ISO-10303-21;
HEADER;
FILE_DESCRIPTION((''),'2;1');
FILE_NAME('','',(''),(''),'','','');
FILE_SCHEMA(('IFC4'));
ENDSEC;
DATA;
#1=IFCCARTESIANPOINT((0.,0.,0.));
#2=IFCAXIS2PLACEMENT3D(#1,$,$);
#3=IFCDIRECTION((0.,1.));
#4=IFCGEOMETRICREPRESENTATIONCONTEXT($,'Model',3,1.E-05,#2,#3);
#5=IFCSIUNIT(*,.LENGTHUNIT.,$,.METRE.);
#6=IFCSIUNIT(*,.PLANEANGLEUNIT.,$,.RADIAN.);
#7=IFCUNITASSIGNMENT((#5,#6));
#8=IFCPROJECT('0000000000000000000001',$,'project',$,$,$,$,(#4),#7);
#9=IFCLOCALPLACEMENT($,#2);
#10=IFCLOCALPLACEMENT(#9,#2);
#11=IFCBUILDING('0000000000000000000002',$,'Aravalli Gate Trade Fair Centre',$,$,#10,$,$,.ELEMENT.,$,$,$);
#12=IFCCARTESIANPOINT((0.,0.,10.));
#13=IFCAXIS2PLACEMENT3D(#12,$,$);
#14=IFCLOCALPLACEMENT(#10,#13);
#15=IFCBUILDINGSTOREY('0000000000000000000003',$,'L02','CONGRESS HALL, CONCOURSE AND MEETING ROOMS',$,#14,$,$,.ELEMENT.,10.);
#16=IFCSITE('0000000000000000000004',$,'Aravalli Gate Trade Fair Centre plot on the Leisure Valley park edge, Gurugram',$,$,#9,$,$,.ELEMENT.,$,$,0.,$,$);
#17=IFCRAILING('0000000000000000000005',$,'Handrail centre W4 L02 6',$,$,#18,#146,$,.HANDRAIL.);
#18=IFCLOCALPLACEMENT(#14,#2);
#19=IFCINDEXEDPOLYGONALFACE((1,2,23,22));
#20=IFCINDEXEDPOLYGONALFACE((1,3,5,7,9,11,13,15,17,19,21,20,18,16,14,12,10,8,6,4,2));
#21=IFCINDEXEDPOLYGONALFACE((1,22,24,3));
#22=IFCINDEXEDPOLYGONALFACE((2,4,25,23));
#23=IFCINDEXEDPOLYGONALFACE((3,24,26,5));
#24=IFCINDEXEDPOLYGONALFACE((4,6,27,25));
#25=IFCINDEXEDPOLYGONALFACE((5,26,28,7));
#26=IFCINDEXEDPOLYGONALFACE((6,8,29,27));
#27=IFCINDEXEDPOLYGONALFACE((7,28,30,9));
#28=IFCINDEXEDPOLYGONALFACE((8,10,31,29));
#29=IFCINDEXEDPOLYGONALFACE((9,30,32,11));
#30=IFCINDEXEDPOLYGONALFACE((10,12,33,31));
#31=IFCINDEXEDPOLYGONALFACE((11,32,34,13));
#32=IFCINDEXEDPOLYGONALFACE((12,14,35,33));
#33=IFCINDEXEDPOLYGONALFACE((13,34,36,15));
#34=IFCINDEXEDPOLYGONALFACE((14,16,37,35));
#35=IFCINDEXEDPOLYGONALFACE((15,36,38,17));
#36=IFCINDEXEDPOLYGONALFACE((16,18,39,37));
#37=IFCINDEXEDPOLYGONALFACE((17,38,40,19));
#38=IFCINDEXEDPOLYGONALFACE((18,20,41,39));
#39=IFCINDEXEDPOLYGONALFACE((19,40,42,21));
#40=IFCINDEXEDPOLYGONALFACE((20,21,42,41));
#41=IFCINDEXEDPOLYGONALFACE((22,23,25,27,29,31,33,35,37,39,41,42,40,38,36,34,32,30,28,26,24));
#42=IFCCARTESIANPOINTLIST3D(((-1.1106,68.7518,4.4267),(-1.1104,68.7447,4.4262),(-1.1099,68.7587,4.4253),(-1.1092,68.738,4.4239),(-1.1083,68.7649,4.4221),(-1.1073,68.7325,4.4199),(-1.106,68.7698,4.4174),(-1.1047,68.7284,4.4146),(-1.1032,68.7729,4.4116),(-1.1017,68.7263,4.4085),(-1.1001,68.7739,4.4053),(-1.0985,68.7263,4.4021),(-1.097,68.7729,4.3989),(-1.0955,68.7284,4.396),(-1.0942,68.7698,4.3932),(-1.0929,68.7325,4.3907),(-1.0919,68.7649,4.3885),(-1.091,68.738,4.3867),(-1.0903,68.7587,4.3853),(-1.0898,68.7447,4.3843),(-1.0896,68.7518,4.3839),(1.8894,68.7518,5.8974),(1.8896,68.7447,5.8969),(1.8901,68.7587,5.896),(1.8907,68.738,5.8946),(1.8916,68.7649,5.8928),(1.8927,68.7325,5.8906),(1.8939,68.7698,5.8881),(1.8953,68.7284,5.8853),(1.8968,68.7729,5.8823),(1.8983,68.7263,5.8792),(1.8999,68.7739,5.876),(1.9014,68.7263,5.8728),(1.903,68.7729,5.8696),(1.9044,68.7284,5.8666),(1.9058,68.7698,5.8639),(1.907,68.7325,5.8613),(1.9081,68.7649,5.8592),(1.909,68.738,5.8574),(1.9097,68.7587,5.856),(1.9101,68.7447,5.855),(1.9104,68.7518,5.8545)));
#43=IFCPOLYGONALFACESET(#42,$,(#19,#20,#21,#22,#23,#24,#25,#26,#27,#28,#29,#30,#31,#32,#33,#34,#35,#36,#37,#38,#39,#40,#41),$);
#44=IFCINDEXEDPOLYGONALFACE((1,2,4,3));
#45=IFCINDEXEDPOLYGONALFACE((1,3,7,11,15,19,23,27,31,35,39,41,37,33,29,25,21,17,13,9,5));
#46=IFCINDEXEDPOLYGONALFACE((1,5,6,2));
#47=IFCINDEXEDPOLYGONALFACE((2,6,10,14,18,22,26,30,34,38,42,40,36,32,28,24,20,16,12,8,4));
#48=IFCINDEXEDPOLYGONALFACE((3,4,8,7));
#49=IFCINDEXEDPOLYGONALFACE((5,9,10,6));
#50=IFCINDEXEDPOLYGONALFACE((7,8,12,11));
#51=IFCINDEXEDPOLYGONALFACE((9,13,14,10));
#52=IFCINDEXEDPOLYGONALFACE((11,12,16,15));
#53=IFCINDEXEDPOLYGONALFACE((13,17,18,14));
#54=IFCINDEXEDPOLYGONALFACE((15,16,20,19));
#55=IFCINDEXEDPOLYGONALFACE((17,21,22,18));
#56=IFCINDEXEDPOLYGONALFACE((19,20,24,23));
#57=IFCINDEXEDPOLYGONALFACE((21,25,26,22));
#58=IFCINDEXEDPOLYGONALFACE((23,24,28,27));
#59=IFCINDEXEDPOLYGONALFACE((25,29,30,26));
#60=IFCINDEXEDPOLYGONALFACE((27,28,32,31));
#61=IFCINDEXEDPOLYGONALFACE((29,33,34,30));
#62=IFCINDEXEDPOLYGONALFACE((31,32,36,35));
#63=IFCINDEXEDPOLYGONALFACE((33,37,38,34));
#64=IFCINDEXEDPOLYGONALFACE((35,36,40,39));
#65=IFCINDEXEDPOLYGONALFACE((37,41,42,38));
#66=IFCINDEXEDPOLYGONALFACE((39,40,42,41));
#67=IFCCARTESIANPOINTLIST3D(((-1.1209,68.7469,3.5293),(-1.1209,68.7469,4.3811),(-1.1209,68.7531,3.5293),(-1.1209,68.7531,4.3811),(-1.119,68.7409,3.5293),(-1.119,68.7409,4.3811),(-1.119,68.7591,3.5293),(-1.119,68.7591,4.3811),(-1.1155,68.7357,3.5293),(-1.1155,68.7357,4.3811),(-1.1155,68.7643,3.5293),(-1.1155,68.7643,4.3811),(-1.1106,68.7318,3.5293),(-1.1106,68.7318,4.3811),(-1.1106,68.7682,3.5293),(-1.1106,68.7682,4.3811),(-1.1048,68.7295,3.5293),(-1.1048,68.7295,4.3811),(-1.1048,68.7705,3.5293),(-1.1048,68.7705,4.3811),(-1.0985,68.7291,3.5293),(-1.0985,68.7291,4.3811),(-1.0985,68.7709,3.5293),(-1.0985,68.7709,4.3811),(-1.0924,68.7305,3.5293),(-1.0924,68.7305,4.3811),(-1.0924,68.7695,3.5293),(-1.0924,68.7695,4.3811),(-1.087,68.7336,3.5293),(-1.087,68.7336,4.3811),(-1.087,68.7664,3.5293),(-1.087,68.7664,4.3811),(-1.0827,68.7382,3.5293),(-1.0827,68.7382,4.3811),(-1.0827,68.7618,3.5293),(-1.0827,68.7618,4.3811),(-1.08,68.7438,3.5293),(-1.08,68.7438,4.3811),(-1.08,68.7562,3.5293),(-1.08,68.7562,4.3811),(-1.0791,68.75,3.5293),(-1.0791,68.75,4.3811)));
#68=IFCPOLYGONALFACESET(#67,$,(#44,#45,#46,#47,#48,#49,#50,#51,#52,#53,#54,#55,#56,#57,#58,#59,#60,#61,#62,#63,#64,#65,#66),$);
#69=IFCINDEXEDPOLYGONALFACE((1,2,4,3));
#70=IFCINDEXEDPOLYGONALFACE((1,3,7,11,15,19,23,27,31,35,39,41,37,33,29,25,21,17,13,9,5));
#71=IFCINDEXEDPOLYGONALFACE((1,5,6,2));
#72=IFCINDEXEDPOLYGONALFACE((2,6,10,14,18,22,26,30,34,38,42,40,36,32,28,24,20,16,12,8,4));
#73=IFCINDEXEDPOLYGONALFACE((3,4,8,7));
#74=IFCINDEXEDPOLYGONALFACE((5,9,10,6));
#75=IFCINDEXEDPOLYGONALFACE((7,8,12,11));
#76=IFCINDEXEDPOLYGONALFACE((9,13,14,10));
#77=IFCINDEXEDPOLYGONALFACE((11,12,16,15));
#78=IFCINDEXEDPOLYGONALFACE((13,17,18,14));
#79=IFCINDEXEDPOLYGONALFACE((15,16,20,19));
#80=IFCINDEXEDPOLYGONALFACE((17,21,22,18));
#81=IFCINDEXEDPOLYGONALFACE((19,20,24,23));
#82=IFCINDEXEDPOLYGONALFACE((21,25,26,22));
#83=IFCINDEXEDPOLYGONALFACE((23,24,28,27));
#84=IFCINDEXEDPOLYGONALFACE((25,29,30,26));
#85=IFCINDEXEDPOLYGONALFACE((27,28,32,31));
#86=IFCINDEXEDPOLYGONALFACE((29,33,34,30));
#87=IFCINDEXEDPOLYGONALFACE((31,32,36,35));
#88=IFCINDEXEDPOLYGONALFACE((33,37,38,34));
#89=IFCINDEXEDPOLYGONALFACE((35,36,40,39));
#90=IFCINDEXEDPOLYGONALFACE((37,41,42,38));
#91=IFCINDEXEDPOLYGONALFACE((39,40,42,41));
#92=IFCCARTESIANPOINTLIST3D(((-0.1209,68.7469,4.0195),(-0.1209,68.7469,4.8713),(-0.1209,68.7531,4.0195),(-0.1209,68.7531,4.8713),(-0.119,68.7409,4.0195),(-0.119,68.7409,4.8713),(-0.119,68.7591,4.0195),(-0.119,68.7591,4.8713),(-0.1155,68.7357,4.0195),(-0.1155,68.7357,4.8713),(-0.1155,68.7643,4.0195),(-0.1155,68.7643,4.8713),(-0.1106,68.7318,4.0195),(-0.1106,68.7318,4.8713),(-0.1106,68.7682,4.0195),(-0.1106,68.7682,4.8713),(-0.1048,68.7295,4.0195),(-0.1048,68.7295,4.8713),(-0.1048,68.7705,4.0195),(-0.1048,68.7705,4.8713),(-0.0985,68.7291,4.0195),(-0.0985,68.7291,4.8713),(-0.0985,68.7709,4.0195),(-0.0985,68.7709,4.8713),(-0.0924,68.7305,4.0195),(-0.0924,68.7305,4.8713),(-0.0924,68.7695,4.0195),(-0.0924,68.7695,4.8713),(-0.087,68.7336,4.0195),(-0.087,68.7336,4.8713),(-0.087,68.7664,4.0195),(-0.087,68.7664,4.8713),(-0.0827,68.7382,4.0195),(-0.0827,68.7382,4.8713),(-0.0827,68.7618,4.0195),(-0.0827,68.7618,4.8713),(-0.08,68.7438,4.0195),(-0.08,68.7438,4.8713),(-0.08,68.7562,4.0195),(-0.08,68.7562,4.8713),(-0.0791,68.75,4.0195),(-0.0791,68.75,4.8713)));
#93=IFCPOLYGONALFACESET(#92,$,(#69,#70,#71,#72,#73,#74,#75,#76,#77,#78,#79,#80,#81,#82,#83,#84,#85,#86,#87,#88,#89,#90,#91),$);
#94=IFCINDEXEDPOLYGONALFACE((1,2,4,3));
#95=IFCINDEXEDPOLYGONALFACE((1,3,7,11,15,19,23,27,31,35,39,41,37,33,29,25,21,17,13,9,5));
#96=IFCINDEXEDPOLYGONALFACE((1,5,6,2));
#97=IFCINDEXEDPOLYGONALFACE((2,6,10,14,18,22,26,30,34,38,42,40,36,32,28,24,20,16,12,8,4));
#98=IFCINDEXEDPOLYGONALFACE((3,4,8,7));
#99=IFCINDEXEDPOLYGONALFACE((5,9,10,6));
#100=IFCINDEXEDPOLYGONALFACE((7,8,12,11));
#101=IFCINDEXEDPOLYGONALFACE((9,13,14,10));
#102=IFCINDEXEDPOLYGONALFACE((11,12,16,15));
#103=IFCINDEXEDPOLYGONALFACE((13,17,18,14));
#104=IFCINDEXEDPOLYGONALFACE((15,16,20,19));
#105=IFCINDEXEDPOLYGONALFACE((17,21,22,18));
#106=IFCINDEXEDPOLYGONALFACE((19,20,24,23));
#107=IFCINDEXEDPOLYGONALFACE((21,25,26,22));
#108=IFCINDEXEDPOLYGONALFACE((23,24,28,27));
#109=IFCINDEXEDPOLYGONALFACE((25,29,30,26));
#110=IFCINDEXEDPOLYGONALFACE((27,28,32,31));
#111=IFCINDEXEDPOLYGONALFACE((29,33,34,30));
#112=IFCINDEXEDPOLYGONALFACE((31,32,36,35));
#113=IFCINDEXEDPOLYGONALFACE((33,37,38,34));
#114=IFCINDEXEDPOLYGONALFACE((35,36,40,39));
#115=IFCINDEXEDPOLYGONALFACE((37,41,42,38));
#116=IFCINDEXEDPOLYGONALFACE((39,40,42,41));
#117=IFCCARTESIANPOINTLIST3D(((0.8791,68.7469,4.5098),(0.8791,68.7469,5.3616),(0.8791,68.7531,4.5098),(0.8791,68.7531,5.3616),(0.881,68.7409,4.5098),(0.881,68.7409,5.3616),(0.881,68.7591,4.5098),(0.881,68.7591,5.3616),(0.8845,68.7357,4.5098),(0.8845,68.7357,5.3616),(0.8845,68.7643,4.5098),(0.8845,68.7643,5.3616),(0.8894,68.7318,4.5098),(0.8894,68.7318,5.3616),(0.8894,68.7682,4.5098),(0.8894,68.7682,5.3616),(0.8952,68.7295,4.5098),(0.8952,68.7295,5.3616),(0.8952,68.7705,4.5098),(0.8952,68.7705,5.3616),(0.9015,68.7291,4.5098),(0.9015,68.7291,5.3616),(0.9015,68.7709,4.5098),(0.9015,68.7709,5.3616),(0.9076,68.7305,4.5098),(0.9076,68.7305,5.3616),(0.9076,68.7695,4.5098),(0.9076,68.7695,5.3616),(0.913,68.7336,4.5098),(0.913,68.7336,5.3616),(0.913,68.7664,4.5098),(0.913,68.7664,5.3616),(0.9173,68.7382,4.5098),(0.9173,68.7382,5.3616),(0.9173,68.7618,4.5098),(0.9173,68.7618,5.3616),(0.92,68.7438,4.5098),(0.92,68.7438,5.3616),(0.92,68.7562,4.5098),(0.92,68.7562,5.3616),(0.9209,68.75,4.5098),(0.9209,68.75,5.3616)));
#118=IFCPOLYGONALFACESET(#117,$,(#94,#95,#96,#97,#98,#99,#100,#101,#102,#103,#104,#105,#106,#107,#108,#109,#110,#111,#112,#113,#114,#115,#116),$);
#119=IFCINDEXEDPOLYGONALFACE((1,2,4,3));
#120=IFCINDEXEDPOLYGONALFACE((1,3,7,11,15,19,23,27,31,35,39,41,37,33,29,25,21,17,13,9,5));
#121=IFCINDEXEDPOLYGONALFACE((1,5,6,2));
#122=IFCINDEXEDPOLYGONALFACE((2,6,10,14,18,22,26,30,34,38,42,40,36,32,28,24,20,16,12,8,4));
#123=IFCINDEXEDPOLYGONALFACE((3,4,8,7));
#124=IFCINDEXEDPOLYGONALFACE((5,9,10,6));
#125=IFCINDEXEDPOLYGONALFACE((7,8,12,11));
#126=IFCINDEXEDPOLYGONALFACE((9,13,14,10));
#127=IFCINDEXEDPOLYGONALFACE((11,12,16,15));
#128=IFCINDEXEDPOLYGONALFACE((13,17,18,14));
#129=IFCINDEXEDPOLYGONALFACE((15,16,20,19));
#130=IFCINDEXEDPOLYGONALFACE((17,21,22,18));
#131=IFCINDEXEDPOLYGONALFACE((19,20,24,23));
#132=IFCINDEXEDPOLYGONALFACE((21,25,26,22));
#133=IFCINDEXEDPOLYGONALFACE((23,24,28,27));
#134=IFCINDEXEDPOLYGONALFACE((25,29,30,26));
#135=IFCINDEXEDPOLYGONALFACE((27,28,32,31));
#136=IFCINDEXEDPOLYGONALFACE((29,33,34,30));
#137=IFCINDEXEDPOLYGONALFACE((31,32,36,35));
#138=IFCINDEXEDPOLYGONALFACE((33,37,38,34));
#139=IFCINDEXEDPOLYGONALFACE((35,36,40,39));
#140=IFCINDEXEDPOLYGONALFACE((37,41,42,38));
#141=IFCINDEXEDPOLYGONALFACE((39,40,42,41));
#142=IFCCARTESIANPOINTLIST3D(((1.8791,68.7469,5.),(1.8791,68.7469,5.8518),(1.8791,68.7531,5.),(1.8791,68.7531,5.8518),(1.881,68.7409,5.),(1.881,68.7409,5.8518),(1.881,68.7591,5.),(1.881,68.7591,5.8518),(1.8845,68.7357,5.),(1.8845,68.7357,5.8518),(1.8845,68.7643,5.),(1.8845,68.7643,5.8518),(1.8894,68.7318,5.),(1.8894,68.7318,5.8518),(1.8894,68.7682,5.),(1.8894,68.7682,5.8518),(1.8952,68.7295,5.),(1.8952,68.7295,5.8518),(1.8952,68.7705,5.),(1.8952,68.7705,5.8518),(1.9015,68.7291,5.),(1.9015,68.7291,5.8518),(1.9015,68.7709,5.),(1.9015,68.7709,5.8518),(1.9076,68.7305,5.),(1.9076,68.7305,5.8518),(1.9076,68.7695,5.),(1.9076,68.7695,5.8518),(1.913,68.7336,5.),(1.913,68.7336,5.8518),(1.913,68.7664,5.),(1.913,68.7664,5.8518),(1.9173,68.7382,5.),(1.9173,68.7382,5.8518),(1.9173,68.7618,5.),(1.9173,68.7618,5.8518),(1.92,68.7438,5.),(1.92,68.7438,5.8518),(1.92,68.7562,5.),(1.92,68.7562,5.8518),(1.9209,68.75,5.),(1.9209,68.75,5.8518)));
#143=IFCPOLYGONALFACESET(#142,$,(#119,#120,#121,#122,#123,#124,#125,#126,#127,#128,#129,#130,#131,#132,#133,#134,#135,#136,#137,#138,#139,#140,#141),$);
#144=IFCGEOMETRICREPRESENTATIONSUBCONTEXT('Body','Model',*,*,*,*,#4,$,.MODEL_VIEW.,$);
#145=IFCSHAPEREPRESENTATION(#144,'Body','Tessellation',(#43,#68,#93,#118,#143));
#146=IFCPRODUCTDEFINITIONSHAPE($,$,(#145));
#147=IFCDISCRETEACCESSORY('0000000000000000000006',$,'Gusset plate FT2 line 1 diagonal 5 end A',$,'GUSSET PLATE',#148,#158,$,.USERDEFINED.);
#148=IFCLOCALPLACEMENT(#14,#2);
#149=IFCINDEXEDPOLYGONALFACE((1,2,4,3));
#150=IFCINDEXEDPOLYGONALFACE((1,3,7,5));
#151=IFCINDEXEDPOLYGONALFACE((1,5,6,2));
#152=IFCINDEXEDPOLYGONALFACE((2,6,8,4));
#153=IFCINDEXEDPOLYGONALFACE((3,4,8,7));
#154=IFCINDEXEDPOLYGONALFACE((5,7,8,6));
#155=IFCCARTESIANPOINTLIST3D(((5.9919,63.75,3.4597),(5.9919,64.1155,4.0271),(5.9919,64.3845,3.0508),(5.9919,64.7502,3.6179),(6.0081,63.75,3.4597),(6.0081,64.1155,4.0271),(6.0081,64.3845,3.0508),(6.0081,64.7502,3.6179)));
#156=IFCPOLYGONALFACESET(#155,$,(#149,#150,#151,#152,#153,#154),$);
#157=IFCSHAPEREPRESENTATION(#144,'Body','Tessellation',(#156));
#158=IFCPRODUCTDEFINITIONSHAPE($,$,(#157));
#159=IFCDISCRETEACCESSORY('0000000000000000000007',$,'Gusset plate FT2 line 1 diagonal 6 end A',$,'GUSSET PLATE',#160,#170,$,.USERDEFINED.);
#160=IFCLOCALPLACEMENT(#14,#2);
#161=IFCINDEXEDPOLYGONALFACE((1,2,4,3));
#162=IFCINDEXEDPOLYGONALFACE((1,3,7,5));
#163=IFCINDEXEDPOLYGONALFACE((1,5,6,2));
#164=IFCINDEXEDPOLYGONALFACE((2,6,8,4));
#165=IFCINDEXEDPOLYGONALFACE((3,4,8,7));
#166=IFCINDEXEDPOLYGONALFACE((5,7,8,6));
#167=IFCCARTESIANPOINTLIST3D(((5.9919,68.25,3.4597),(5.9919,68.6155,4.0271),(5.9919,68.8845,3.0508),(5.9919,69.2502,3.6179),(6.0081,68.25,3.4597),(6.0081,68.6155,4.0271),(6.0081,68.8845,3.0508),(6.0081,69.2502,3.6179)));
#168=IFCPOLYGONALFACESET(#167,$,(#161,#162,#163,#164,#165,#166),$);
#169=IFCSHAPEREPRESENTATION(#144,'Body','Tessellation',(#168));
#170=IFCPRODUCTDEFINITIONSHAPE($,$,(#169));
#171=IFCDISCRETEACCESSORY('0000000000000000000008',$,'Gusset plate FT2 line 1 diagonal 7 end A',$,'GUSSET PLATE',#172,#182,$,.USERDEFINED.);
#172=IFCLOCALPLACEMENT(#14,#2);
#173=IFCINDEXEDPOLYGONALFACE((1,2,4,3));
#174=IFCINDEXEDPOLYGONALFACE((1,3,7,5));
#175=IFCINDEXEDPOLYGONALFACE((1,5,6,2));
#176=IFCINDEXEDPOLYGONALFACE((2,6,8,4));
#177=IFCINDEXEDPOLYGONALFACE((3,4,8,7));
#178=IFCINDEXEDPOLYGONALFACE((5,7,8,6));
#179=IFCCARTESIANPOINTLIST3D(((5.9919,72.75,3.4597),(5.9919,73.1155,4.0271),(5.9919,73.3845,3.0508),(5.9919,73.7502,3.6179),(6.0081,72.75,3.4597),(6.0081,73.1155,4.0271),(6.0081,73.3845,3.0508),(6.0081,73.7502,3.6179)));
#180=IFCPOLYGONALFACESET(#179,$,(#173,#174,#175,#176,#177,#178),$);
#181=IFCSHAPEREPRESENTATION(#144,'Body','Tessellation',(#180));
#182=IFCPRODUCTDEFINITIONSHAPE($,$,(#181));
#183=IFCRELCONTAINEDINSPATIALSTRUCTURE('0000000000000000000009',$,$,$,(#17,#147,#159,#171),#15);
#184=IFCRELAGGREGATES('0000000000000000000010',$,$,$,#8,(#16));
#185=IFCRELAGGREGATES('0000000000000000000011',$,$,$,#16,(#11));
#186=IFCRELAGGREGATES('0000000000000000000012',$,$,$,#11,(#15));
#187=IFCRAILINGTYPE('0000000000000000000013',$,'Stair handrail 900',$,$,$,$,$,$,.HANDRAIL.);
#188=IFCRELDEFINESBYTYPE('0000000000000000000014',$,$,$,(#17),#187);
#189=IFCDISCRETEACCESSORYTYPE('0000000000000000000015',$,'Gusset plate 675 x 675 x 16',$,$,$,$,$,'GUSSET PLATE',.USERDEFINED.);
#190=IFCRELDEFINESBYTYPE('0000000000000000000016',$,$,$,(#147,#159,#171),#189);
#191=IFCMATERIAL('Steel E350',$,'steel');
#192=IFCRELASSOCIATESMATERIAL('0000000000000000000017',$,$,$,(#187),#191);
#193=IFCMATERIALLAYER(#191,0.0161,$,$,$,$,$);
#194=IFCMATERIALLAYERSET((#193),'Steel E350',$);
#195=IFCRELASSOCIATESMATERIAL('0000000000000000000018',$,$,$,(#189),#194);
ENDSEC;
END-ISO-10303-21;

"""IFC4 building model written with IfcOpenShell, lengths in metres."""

from ifc_helpers import new_model, si_unit, direction, frame, origin, origin_2d, place, context, subcontext, project, spatial, polyline, circle, outline, extrude, material, layer, layer_set, type_object, element, save


model = new_model("IFC4")

# Units and contexts
model_context = context("Model", 3, precision=1e-05, world=origin(), true_north=direction((0.0, 1.0)))
body_context = subcontext(model_context, "Body", "Model", "MODEL_VIEW")
ifc_project = project(units=[si_unit("LENGTHUNIT", "METRE"), si_unit("PLANEANGLEUNIT", "RADIAN")], contexts=[model_context])

# Site, building, storey
site_placement = place(None, origin())
site = spatial("IfcSite", under=ifc_project, at=site_placement, Name="Aravalli Gate Trade Fair Centre plot on the Leisure Valley park edge, Gurugram", CompositionType="ELEMENT", RefElevation=0.0)
building_placement = place(site_placement, origin())
building = spatial("IfcBuilding", under=site, at=building_placement, Name="Aravalli Gate Trade Fair Centre", CompositionType="ELEMENT")
storey_placement = place(building_placement, frame((0.0, 0.0, 10.0)))
storey = spatial("IfcBuildingStorey", under=building, at=storey_placement, Name="L02", Description="CONGRESS HALL, CONCOURSE AND MEETING ROOMS", CompositionType="ELEMENT", Elevation=10.0)

# Shared definitions
ifc_material_1 = material(Name="Steel E350", Category="steel")

# Railing
railing_type_1 = type_object("IfcRailingType", Name="Stair handrail 900", PredefinedType="HANDRAIL", material=ifc_material_1)
for number, where, name in (
    (1, (-1.1001, 68.75, 3.5293), "Handrail centre W4 L02 6"),
):
    element("IfcRailing", number, at=place(storey_placement, frame(where)), inside=storey, type_object=railing_type_1, Name=name, PredefinedType="HANDRAIL", context=body_context, shape_type="SweptSolid", body=[
        extrude(circle(Radius=0.0239, at=origin_2d()), frame((0.0, 0.0, 0.876), z_axis=(0.897907, 0.0, 0.440185), x_axis=(0.0, 1.0, 0.0)), (0.0, 0.0, 1.0), 3.3411),
        extrude(circle(Radius=0.021, at=origin_2d()), origin(), (0.0, 0.0, 1.0), 0.8518),
        extrude(circle(Radius=0.021, at=origin_2d()), frame((1.0, 0.0, 0.4902)), (0.0, 0.0, 1.0), 0.8518),
        extrude(circle(Radius=0.021, at=origin_2d()), frame((2.0, 0.0, 0.9805)), (0.0, 0.0, 1.0), 0.8518),
        extrude(circle(Radius=0.021, at=origin_2d()), frame((3.0, 0.0, 1.4707)), (0.0, 0.0, 1.0), 0.8518),
    ])

# Discrete accessories
ifc_layer_1 = layer(ifc_material_1, 0.0161)
ifc_layer_set_1 = layer_set([ifc_layer_1], Name="Steel E350")
discrete_accessory_type = type_object("IfcDiscreteAccessoryType", Name="Gusset plate 675 x 675 x 16", ElementType="GUSSET PLATE", PredefinedType="USERDEFINED", material=ifc_layer_set_1)
for number, where, z_axis, x_axis, name in (
    (2, (5.9919, 64.3845, 3.0508), (-1.0, 0.0, 0.0), (0.0, -0.840558, 0.541722), "Gusset plate FT2 line 1 diagonal 5 end A"),
    (3, (5.9919, 68.8845, 3.0508), (-1.0, 0.0, 0.0), (0.0, -0.840558, 0.541722), "Gusset plate FT2 line 1 diagonal 6 end A"),
    (4, (5.9919, 73.3845, 3.0508), (-1.0, 0.0, 0.0), (0.0, -0.840558, 0.541722), "Gusset plate FT2 line 1 diagonal 7 end A"),
):
    element("IfcDiscreteAccessory", number, at=place(storey_placement, frame(where, z_axis=z_axis, x_axis=x_axis)), inside=storey, type_object=discrete_accessory_type, Name=name, ObjectType="GUSSET PLATE", PredefinedType="USERDEFINED", context=body_context, shape_type="SweptSolid", body=[
        extrude(outline(polyline([(0.0, 0.0), (0.7549, 0.0), (0.755, 0.6749), (-0.0002, 0.6748), (0.0, 0.0)])), origin(), (0.0, 0.0, -1.0), 0.0161),
    ])

save(model, "model.ifc")
